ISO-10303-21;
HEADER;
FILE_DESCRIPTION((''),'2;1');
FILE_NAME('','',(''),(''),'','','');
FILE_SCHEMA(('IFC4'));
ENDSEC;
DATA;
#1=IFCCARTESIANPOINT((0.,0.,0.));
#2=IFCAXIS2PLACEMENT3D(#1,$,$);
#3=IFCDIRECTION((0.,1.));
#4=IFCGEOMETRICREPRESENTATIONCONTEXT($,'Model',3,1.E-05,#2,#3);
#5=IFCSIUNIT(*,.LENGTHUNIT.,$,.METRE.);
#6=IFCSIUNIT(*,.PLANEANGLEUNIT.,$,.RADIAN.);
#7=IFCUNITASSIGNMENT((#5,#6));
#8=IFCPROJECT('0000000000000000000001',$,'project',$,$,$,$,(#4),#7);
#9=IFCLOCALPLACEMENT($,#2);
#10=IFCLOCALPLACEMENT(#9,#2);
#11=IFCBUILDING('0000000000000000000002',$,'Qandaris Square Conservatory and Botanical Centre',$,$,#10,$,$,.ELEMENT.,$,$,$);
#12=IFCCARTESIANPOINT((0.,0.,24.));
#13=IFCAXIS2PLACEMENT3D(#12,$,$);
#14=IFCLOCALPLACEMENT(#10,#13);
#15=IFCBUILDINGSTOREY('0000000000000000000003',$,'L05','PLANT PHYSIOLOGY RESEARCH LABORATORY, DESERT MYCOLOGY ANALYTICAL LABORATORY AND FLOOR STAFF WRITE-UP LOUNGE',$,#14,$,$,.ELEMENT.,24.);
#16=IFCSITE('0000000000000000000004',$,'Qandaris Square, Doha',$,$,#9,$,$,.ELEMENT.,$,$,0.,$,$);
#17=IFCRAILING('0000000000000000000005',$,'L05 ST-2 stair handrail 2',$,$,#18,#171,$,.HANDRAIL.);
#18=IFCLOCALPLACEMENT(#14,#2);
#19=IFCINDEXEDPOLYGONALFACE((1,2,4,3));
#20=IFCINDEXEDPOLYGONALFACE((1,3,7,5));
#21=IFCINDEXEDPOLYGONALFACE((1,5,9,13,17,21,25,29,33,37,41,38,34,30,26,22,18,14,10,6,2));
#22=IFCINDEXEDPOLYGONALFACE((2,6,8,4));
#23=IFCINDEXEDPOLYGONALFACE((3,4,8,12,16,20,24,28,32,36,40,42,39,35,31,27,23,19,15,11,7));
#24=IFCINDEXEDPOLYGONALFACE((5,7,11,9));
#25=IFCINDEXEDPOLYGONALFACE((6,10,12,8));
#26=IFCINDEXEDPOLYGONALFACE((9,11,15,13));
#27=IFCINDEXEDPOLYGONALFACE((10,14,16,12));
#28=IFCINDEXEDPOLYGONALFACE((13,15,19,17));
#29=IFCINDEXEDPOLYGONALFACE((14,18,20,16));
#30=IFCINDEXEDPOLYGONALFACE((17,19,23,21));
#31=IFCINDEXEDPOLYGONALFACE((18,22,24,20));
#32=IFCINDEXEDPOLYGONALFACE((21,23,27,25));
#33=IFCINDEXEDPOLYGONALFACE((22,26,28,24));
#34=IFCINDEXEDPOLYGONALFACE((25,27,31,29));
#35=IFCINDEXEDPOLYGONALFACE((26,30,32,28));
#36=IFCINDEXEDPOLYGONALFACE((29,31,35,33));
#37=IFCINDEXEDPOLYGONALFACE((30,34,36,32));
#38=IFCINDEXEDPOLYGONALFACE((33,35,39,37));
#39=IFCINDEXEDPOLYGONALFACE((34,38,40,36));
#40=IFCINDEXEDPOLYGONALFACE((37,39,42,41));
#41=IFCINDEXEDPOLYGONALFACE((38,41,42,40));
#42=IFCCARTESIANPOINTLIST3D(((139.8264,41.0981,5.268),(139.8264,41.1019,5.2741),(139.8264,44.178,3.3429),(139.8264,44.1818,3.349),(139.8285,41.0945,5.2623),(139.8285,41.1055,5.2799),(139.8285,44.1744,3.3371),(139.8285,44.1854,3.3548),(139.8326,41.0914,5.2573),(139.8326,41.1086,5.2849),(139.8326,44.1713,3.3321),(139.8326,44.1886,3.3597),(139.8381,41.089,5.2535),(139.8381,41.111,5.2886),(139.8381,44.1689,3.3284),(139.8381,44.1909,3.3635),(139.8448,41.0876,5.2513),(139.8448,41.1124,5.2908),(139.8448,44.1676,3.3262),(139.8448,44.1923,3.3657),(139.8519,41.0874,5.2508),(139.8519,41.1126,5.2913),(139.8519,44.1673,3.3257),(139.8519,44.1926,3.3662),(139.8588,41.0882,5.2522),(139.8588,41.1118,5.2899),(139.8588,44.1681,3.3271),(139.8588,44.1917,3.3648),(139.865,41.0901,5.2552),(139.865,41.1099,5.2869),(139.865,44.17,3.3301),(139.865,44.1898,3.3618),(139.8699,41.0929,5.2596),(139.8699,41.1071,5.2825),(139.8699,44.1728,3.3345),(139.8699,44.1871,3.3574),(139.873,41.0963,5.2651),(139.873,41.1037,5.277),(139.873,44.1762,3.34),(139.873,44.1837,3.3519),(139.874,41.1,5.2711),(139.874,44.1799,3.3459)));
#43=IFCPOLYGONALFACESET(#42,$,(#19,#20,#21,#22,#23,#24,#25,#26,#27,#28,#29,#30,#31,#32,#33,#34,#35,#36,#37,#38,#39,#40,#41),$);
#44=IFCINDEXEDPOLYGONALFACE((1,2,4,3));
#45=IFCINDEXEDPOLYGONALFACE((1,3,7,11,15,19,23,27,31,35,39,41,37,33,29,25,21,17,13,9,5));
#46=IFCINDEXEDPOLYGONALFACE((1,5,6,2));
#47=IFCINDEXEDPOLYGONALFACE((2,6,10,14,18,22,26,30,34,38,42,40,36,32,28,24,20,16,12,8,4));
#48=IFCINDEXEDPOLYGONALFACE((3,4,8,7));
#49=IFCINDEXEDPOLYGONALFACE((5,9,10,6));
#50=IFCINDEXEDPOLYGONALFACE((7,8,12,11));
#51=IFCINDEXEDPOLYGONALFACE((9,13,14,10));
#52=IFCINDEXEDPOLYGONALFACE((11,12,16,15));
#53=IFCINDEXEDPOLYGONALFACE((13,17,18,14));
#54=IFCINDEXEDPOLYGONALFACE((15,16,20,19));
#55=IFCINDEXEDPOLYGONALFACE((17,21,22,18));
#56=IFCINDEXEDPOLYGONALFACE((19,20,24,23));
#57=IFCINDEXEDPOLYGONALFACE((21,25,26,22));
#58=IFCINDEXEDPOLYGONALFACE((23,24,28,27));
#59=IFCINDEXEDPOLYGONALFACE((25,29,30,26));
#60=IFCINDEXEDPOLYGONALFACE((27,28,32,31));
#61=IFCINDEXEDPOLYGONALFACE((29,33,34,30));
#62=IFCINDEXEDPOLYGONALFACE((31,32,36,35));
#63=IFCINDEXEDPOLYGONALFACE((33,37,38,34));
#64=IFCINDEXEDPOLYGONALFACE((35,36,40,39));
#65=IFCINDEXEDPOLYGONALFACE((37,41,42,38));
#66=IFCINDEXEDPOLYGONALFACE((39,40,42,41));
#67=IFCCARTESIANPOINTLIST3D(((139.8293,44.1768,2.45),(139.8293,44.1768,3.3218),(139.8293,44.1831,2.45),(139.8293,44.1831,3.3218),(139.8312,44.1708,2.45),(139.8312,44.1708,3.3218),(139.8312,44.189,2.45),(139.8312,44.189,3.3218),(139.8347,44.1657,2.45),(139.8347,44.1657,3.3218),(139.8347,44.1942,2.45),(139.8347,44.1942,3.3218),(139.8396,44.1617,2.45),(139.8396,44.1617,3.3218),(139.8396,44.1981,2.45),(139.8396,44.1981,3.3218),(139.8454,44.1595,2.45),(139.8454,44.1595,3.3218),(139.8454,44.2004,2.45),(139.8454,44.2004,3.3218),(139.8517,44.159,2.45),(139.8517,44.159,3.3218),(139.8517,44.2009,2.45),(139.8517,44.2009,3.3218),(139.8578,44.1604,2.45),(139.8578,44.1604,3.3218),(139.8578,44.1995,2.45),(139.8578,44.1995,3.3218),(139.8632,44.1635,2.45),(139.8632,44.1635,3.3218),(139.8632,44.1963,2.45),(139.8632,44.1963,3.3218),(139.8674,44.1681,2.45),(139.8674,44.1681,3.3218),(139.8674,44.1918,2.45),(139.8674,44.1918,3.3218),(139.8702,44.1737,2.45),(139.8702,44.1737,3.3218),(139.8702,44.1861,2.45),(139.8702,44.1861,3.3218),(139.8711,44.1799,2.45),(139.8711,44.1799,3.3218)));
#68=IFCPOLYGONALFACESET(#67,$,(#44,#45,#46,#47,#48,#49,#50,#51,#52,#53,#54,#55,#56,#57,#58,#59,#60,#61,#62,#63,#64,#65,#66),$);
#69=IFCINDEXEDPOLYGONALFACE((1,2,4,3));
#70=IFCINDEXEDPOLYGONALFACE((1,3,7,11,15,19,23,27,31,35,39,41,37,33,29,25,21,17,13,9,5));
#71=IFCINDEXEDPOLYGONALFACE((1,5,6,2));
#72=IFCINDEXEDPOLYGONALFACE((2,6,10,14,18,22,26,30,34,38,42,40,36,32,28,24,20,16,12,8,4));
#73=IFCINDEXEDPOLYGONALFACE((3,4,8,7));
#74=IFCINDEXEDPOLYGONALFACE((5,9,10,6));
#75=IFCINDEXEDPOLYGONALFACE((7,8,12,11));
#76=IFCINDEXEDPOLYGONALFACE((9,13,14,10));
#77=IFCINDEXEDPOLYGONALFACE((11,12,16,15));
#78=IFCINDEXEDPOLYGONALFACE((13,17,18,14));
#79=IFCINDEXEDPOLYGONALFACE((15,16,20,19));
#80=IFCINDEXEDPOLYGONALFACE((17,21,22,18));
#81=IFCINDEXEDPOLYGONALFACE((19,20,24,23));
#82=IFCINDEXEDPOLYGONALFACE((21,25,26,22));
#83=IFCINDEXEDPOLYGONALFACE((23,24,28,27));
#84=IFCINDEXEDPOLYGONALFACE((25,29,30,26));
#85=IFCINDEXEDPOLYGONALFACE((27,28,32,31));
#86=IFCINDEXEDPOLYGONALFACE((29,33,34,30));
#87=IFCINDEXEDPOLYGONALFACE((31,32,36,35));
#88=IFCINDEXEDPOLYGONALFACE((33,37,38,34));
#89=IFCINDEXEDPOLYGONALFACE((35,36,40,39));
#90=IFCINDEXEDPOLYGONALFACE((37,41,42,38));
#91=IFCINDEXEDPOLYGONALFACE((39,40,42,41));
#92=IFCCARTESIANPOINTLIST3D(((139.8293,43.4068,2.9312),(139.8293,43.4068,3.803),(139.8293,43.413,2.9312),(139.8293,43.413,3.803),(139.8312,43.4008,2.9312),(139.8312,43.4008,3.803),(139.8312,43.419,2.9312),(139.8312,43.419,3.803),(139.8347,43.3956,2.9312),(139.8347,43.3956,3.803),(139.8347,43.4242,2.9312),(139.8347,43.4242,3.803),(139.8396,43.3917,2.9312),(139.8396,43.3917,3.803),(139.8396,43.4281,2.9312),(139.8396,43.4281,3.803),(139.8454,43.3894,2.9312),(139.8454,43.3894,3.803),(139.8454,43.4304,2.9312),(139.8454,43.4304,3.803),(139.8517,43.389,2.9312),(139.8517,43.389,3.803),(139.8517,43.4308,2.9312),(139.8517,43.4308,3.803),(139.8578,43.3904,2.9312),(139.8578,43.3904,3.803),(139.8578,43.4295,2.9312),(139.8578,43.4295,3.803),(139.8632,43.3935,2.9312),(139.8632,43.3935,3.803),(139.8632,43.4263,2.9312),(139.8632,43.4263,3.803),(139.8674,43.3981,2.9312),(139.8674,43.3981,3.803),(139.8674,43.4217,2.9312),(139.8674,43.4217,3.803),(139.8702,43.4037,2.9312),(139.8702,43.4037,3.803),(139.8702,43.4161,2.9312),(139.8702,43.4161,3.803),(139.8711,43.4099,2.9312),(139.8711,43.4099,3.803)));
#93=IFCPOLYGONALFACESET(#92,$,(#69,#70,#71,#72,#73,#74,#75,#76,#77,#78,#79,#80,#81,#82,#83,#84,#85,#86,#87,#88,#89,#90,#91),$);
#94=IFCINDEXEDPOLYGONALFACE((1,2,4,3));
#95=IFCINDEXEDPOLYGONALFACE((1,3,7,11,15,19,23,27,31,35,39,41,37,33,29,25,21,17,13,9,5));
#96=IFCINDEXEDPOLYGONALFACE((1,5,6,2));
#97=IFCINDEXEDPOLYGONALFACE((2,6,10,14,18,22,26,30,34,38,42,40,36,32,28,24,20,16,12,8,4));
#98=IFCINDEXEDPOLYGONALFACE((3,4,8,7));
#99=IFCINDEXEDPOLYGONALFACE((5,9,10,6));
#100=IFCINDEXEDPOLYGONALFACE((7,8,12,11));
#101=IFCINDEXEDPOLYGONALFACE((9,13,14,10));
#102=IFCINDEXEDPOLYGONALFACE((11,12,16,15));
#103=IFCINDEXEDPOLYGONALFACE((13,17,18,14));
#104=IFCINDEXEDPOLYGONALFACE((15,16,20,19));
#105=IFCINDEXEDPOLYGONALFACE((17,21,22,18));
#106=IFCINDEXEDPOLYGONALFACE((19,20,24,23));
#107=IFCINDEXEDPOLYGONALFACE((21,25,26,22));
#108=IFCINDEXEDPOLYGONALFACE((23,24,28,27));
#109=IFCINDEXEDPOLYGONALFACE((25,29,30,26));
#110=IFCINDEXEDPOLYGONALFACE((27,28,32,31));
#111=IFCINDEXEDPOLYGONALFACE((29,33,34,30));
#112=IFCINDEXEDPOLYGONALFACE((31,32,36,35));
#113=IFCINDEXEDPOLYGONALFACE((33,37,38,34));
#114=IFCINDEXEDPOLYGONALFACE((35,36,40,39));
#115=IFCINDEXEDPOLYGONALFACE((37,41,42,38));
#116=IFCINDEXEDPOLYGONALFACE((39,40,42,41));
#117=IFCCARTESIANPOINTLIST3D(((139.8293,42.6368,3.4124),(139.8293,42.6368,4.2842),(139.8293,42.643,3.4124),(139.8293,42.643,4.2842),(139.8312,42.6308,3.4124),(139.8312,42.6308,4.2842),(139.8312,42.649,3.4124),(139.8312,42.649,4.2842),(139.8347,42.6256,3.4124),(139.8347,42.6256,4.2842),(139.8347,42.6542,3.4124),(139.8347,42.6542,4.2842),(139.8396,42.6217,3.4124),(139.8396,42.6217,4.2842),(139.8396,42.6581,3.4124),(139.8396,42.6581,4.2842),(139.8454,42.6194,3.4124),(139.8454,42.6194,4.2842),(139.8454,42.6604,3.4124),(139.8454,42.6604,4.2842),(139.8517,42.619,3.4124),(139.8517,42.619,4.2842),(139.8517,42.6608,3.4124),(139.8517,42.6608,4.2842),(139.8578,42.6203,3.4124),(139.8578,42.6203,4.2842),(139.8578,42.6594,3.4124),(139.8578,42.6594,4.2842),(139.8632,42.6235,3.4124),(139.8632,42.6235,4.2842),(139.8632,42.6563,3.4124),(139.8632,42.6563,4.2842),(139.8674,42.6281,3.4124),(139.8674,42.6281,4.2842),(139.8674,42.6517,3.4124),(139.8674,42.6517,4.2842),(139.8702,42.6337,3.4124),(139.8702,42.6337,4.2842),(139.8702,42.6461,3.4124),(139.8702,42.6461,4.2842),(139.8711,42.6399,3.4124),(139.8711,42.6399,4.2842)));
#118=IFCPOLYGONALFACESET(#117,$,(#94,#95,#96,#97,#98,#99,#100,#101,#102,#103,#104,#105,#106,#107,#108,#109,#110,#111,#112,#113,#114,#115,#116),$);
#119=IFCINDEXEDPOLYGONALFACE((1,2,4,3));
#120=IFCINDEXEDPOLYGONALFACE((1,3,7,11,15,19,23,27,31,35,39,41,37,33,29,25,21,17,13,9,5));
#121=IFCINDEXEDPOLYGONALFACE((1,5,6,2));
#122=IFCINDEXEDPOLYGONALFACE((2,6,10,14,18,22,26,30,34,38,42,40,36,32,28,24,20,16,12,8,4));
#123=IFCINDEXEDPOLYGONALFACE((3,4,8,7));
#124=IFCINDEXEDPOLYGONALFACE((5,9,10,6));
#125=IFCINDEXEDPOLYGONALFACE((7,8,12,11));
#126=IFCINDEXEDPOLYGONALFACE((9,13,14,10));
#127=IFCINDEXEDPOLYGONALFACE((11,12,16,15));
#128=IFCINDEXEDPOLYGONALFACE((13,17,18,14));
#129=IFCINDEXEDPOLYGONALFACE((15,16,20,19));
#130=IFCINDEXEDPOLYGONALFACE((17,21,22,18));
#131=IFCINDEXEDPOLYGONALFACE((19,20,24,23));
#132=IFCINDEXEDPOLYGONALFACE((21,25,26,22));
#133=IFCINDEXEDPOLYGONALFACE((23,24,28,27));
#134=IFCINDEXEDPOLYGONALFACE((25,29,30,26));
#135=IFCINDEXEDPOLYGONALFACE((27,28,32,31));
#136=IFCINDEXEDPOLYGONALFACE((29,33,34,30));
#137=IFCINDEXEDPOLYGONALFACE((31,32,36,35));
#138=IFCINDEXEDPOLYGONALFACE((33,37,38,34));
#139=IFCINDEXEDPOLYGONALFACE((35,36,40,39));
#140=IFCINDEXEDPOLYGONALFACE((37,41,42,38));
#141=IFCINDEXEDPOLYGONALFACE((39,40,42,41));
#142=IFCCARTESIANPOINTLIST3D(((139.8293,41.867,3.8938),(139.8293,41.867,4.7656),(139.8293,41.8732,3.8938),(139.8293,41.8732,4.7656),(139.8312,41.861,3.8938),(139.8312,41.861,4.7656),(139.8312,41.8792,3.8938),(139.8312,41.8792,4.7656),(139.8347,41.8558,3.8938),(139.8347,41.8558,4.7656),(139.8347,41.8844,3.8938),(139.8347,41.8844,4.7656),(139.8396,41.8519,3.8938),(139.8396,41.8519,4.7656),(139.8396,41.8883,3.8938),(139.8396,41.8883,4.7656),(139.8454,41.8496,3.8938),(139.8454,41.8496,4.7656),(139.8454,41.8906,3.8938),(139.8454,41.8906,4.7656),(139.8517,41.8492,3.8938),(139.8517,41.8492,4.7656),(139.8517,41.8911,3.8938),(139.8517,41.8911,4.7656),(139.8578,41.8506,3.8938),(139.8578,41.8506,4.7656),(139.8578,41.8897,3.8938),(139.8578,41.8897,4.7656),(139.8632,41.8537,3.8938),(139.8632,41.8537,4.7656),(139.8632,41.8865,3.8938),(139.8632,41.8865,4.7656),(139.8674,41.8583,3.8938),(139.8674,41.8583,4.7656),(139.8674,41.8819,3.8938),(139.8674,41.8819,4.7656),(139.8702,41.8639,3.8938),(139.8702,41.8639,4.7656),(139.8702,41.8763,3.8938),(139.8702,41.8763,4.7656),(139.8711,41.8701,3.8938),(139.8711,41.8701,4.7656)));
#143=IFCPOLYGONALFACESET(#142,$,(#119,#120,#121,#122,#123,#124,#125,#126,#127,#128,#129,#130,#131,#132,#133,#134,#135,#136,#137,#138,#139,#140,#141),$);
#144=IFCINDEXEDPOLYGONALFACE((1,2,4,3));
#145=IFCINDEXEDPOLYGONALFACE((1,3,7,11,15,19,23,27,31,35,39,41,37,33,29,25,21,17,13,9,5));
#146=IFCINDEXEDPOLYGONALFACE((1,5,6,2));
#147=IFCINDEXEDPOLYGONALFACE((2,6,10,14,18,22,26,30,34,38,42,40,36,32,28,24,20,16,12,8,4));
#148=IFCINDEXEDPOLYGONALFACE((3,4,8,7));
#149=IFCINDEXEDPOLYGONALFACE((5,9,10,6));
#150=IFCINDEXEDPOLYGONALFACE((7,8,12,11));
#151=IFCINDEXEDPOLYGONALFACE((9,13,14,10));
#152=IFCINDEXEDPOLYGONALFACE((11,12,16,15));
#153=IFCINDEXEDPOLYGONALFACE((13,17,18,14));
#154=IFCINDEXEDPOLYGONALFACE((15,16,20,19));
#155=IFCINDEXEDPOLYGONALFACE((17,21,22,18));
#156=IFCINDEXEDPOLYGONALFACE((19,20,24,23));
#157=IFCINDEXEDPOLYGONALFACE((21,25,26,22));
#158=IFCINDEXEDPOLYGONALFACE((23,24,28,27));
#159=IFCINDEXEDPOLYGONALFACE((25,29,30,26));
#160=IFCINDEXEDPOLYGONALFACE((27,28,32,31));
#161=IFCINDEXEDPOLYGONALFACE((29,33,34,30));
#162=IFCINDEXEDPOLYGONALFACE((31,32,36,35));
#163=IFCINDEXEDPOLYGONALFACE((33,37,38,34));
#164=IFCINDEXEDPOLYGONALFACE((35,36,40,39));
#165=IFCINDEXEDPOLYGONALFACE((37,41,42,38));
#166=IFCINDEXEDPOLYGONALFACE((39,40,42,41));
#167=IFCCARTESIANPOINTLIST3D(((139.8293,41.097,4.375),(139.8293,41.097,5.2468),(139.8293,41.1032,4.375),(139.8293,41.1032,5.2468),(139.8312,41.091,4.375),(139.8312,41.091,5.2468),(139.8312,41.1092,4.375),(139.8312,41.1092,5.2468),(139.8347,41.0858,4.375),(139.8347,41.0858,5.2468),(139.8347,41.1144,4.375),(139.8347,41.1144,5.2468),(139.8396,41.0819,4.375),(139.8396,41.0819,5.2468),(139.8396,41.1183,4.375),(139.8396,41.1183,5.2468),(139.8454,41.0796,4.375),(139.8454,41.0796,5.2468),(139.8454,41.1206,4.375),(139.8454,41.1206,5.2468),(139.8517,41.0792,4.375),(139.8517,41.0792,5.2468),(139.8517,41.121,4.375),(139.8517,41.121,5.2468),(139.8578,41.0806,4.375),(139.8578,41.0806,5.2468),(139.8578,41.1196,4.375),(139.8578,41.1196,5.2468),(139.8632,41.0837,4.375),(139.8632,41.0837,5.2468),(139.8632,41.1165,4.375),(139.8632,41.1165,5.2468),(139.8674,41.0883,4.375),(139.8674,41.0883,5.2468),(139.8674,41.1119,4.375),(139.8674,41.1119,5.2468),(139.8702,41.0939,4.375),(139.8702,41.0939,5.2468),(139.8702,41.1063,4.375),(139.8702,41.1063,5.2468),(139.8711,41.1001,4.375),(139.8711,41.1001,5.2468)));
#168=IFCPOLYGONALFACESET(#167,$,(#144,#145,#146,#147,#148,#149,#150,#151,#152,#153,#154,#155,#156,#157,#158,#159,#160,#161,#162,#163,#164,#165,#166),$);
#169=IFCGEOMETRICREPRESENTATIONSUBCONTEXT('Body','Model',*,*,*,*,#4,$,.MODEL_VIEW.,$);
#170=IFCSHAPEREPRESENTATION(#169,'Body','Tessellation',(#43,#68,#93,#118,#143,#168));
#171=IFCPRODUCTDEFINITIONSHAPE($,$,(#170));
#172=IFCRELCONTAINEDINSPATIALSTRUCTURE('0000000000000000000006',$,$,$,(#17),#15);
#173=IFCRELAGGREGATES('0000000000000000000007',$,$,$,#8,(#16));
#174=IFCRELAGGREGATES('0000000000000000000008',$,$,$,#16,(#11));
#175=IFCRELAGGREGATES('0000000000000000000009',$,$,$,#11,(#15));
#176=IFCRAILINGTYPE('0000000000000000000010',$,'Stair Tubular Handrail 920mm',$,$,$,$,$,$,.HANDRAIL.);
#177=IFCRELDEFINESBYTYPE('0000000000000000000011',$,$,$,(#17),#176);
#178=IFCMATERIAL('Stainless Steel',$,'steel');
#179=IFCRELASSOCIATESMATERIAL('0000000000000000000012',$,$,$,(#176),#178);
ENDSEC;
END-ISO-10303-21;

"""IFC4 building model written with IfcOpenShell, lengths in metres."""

from ifc_helpers import new_model, si_unit, direction, frame, origin, origin_2d, place, context, subcontext, project, spatial, circle, extrude, material, type_object, element, save


model = new_model("IFC4")

# Units and contexts
model_context = context("Model", 3, precision=1e-05, world=origin(), true_north=direction((0.0, 1.0)))
body_context = subcontext(model_context, "Body", "Model", "MODEL_VIEW")
ifc_project = project(units=[si_unit("LENGTHUNIT", "METRE"), si_unit("PLANEANGLEUNIT", "RADIAN")], contexts=[model_context])

# Site, building, storey
site_placement = place(None, origin())
site = spatial("IfcSite", under=ifc_project, at=site_placement, Name="Qandaris Square, Doha", CompositionType="ELEMENT", RefElevation=0.0)
building_placement = place(site_placement, origin())
building = spatial("IfcBuilding", under=site, at=building_placement, Name="Qandaris Square Conservatory and Botanical Centre", CompositionType="ELEMENT")
storey_placement = place(building_placement, frame((0.0, 0.0, 24.0)))
storey = spatial("IfcBuildingStorey", under=building, at=storey_placement, Name="L05", Description="PLANT PHYSIOLOGY RESEARCH LABORATORY, DESERT MYCOLOGY ANALYTICAL LABORATORY AND FLOOR STAFF WRITE-UP LOUNGE", CompositionType="ELEMENT", Elevation=24.0)

# Railing
ifc_material_1 = material(Name="Stainless Steel", Category="steel")
railing_type_1 = type_object("IfcRailingType", Name="Stair Tubular Handrail 920mm", PredefinedType="HANDRAIL", material=ifc_material_1)
railing_1_placement = place(storey_placement, frame((139.8501, 44.1799, 2.45)))
element("IfcRailing", 1, at=railing_1_placement, inside=storey, type_object=railing_type_1, Name="L05 ST-2 stair handrail 2", PredefinedType="HANDRAIL", context=body_context, shape_type="SweptSolid", body=[
    extrude(circle(Radius=0.0239, at=origin_2d()), frame((0.0, 0.0, 0.896), z_axis=(0.0, -0.847979, 0.530029), x_axis=(1.0, 0.0, 0.0)), (0.0, 0.0, 1.0), 3.6321),
    extrude(circle(Radius=0.021, at=origin_2d()), origin(), (0.0, 0.0, 1.0), 0.8718),
    extrude(circle(Radius=0.021, at=origin_2d()), frame((0.0, -0.77, 0.4812)), (0.0, 0.0, 1.0), 0.8718),
    extrude(circle(Radius=0.021, at=origin_2d()), frame((0.0, -1.54, 0.9624)), (0.0, 0.0, 1.0), 0.8718),
    extrude(circle(Radius=0.021, at=origin_2d()), frame((0.0, -2.3098, 1.4438)), (0.0, 0.0, 1.0), 0.8718),
    extrude(circle(Radius=0.021, at=origin_2d()), frame((0.0, -3.0798, 1.925)), (0.0, 0.0, 1.0), 0.8718),
])

save(model, "model.ifc")
